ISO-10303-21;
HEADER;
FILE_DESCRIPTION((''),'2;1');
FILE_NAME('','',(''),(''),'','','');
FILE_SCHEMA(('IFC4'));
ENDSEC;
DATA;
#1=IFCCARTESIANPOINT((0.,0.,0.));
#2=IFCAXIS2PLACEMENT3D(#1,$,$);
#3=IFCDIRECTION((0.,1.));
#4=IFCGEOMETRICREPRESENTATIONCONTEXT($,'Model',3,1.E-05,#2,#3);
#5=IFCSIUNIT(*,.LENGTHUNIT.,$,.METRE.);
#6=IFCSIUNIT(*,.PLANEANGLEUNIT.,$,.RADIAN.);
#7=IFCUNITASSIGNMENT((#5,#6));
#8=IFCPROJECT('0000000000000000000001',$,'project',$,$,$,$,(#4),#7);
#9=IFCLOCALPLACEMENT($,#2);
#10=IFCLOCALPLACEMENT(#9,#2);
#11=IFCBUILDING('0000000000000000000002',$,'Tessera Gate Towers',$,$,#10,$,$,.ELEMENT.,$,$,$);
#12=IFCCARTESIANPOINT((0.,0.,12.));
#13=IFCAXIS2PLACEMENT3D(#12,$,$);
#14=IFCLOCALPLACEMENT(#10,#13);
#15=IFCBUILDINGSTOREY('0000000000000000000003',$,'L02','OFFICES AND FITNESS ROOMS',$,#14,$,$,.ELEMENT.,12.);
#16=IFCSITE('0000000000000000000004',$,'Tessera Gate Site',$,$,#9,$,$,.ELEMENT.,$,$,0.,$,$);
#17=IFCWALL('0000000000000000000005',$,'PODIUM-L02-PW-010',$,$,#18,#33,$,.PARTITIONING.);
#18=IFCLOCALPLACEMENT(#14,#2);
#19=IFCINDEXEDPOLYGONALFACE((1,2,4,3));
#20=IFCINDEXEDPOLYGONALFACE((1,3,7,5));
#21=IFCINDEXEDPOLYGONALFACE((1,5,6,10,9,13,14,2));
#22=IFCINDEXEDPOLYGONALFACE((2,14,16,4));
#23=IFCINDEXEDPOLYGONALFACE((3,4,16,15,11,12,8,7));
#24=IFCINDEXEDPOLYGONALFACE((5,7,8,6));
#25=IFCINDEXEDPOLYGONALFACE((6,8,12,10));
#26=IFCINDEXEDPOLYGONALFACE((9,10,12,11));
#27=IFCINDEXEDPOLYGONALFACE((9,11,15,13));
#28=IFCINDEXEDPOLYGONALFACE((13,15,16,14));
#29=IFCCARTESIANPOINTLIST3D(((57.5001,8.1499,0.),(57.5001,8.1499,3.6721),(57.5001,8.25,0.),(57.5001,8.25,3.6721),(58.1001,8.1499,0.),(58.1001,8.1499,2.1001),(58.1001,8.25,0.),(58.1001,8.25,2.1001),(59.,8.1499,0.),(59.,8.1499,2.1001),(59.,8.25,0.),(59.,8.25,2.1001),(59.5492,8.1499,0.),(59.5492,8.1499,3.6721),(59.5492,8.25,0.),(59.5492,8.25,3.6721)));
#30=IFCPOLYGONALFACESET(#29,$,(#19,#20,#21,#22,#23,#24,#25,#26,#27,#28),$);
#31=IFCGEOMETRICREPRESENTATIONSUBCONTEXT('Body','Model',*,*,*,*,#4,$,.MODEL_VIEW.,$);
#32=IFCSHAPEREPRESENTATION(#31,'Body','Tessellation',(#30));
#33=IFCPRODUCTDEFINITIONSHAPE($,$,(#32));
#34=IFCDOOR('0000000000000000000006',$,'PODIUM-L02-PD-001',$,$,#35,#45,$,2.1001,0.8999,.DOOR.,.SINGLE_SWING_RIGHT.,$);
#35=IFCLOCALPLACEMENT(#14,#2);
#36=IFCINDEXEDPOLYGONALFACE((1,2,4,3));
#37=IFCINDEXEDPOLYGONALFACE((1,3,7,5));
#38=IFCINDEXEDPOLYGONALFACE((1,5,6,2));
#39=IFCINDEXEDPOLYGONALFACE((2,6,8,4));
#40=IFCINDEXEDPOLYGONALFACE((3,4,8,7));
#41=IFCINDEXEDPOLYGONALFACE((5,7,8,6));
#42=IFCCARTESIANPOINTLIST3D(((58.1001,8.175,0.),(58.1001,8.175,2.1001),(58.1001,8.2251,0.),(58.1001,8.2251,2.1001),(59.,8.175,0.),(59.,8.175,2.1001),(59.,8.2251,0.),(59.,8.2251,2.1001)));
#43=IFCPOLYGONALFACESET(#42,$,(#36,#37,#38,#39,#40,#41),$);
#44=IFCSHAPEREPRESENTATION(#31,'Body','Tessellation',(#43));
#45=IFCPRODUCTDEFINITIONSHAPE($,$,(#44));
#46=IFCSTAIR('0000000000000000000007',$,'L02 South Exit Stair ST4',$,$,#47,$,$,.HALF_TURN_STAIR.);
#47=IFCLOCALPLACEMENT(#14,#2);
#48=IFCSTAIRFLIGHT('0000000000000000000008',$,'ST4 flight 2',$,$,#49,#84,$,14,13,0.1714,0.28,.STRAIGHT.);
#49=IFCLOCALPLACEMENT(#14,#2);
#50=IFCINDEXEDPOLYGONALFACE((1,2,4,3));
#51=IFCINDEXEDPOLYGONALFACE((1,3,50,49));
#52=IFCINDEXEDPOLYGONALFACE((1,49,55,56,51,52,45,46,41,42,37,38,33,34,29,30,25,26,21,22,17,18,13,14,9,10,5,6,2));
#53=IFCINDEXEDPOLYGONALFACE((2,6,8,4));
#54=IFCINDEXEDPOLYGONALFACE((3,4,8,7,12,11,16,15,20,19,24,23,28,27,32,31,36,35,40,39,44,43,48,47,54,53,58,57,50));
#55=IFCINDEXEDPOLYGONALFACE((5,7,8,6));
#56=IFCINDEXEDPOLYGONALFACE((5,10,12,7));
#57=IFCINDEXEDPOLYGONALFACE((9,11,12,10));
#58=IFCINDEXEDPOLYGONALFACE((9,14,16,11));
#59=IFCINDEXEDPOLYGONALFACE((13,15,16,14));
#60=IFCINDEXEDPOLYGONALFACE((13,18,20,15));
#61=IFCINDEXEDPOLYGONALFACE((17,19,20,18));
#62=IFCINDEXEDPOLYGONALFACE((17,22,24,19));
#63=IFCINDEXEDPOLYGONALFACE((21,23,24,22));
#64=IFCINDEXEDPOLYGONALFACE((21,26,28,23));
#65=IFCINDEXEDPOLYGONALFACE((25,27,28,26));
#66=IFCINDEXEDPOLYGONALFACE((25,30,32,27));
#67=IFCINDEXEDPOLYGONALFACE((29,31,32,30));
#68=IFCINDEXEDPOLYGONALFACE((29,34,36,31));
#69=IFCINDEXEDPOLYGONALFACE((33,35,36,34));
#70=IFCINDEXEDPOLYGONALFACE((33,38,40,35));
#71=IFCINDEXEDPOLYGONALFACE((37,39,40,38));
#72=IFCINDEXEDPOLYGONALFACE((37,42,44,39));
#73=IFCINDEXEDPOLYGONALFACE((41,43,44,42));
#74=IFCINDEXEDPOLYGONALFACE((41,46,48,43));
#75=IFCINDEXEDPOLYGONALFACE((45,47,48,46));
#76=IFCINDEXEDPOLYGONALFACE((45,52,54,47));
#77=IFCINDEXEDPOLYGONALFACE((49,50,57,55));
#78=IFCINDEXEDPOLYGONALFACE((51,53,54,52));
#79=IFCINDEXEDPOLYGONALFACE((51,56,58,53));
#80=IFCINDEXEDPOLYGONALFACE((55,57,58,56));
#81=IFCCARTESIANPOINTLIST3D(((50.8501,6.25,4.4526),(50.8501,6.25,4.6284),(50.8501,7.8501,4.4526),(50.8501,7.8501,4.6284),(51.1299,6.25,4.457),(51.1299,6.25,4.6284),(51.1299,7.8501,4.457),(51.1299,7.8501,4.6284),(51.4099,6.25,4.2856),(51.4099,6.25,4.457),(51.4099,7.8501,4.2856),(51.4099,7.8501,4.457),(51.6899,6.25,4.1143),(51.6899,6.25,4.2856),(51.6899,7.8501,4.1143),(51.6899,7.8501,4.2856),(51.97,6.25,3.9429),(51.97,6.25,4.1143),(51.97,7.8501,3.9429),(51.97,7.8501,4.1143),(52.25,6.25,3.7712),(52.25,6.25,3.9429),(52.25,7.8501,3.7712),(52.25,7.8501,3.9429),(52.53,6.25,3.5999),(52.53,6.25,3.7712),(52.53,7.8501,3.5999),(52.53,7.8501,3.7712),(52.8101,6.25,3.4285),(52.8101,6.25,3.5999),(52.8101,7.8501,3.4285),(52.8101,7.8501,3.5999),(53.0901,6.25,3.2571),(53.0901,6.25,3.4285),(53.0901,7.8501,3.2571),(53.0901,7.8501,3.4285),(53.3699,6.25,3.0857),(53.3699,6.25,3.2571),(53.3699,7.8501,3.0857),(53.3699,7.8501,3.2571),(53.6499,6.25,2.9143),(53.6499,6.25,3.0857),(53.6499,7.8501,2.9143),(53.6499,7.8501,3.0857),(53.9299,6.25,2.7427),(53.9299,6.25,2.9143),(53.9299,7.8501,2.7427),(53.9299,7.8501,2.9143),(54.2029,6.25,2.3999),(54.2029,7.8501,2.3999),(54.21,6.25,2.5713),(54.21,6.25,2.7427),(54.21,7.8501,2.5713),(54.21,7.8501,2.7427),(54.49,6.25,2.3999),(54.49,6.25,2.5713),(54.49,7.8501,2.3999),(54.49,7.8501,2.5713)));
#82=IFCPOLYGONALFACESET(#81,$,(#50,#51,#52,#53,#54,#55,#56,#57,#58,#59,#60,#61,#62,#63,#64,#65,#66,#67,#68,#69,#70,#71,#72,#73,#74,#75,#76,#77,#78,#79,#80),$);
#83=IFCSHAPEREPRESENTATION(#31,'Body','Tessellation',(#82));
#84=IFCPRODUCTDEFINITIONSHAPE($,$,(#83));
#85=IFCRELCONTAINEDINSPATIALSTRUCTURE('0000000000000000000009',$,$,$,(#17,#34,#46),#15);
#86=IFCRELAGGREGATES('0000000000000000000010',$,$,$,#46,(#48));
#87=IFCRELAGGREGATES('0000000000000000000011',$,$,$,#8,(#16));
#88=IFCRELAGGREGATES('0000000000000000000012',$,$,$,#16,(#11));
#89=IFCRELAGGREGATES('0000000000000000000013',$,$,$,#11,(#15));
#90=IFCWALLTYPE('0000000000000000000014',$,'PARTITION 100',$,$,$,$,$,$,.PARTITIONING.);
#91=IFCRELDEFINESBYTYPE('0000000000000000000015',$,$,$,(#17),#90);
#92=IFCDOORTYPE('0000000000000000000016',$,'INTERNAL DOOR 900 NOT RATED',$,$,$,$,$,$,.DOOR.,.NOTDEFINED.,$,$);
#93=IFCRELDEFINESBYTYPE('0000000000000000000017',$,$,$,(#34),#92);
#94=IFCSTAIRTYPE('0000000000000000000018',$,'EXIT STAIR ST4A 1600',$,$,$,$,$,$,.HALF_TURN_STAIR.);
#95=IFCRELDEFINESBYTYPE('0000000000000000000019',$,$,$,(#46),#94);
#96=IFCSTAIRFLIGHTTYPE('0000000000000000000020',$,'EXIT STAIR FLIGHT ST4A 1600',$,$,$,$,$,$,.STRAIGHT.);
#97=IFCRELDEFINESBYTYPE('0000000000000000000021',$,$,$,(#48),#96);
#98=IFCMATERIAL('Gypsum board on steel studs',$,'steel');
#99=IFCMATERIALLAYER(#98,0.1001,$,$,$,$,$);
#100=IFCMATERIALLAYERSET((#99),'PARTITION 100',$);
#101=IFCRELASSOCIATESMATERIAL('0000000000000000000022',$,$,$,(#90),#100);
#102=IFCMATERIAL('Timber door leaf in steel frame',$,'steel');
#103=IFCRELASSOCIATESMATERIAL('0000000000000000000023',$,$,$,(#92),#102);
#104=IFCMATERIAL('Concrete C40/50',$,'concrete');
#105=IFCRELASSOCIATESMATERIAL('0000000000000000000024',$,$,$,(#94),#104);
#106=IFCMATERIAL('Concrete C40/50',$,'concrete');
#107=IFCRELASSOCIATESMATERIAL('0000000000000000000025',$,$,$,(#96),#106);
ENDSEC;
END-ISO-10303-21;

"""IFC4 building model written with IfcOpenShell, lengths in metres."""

from ifc_helpers import new_model, si_unit, direction, frame, frame_2d, origin, place, context, subcontext, project, spatial, polyline, rectangle, outline, extrude, source, transform, mapped, material, layer, layer_set, type_object, element, fill, aggregate, save


model = new_model("IFC4")

# Units and contexts
model_context = context("Model", 3, precision=1e-05, world=origin(), true_north=direction((0.0, 1.0)))
body_context = subcontext(model_context, "Body", "Model", "MODEL_VIEW")
ifc_project = project(units=[si_unit("LENGTHUNIT", "METRE"), si_unit("PLANEANGLEUNIT", "RADIAN")], contexts=[model_context])

# Site, building, storey
site_placement = place(None, origin())
site = spatial("IfcSite", under=ifc_project, at=site_placement, Name="Tessera Gate Site", CompositionType="ELEMENT", RefElevation=0.0)
building_placement = place(site_placement, origin())
building = spatial("IfcBuilding", under=site, at=building_placement, Name="Tessera Gate Towers", CompositionType="ELEMENT")
storey_placement = place(building_placement, frame((0.0, 0.0, 12.0)))
storey = spatial("IfcBuildingStorey", under=building, at=storey_placement, Name="L02", Description="OFFICES AND FITNESS ROOMS", CompositionType="ELEMENT", Elevation=12.0)

# Wall, opening, door
ifc_material_1 = material(Name="Gypsum board on steel studs", Category="steel")
ifc_layer_1 = layer(ifc_material_1, 0.1001)
ifc_layer_set_1 = layer_set([ifc_layer_1], Name="PARTITION 100")
wall_type_1 = type_object("IfcWallType", Name="PARTITION 100", PredefinedType="PARTITIONING", material=ifc_layer_set_1)
wall_1_placement = place(storey_placement, frame((59.5491, 8.2, 0.0), z_axis=(0.0, 0.0, 1.0), x_axis=(-1.0, 0.0, 0.0)))
wall_1 = element("IfcWall", 1, at=wall_1_placement, inside=storey, type_object=wall_type_1, Name="PODIUM-L02-PW-010", PredefinedType="PARTITIONING", context=body_context, shape_type="SweptSolid", body=[
    extrude(rectangle(XDim=2.0491, YDim=0.1001, at=frame_2d((1.0244, 0.0))), origin(), (0.0, 0.0, 1.0), 3.6721),
])
shared_shape_1 = source(origin(), body_context, "Body", "SweptSolid", [
    extrude(rectangle(XDim=0.8999, YDim=2.1001, at=frame_2d((0.45, 1.05))), frame((0.0, 0.0601, 0.0), z_axis=(0.0, -1.0, 0.0), x_axis=(1.0, 0.0, 0.0)), (0.0, 0.0, 1.0), 0.1201),
])
opening_1_placement = place(wall_1_placement, frame((0.5491, 0.0, 0.0)))
opening_1 = element("IfcOpeningElement", 2, at=opening_1_placement, cuts=wall_1, PredefinedType="OPENING", context=body_context, shape_type="MappedRepresentation", body=[
    mapped(shared_shape_1, transform((0.0, 0.0, 0.0), scale=1.0)),
])
ifc_material_2 = material(Name="Timber door leaf in steel frame", Category="steel")
door_type_1 = type_object("IfcDoorType", Name="INTERNAL DOOR 900 NOT RATED", OperationType="NOTDEFINED", PredefinedType="DOOR", material=ifc_material_2)
shared_shape_2 = source(origin(), body_context, "Body", "SweptSolid", [
    extrude(rectangle(XDim=0.8999, YDim=2.1001, at=frame_2d((0.45, 1.05))), frame((0.0, 0.0249, 0.0), z_axis=(0.0, -1.0, 0.0), x_axis=(1.0, 0.0, 0.0)), (0.0, 0.0, 1.0), 0.05),
])
door_1_placement = place(opening_1_placement, origin())
door_1 = element("IfcDoor", 3, at=door_1_placement, inside=storey, type_object=door_type_1, Name="PODIUM-L02-PD-001", OperationType="SINGLE_SWING_RIGHT", OverallHeight=2.1001, OverallWidth=0.8999, PredefinedType="DOOR", context=body_context, shape_type="MappedRepresentation", body=[
    mapped(shared_shape_2, transform((0.0, 0.0, 0.0), scale=1.0)),
])
fill(opening_1, door_1)

# Stair, stair flight
ifc_material_3 = material(Name="Concrete C40/50", Category="concrete")
stair_type = type_object("IfcStairType", Name="EXIT STAIR ST4A 1600", PredefinedType="HALF_TURN_STAIR", material=ifc_material_3)
stair_placement = place(storey_placement, origin())
stair = element("IfcStair", 4, at=stair_placement, inside=storey, type_object=stair_type, Name="L02 South Exit Stair ST4", PredefinedType="HALF_TURN_STAIR")
ifc_material_4 = material(Name="Concrete C40/50", Category="concrete")
stair_flight_type = type_object("IfcStairFlightType", Name="EXIT STAIR FLIGHT ST4A 1600", PredefinedType="STRAIGHT", material=ifc_material_4)
stair_flight_placement = place(storey_placement, frame((54.49, 7.05, 2.3999), z_axis=(0.0, 0.0, 1.0), x_axis=(-1.0, 0.0, 0.0)))
stair_flight = element("IfcStairFlight", 5, at=stair_flight_placement, type_object=stair_flight_type, Name="ST4 flight 2", NumberOfRisers=14, NumberOfTreads=13, PredefinedType="STRAIGHT", RiserHeight=0.1714, TreadLength=0.28, context=body_context, shape_type="SweptSolid", body=[
    extrude(outline(polyline([(0.0, 0.0), (0.0, 0.1714), (0.28, 0.1714), (0.28, 0.3428), (0.5601, 0.3428), (0.5601, 0.5144), (0.8401, 0.5144), (0.8401, 0.6858), (1.1201, 0.6858), (1.1201, 0.8572), (1.3999, 0.8572), (1.3999, 1.0286), (1.6799, 1.0286), (1.6799, 1.2), (1.96, 1.2), (1.96, 1.3713), (2.24, 1.3713), (2.24, 1.543), (2.52, 1.543), (2.52, 1.7144), (2.8, 1.7144), (2.8, 1.8857), (3.0801, 1.8857), (3.0801, 2.0571), (3.3601, 2.0571), (3.3601, 2.2285), (3.6399, 2.2285), (3.6399, 2.3999), (3.6399, 2.0527), (0.2871, 0.0), (0.0, 0.0)])), frame((0.0, 0.8, 0.0), z_axis=(0.0, -1.0, 0.0), x_axis=(1.0, 0.0, 0.0)), (0.0, 0.0, 1.0), 1.6001),
])
aggregate(stair, [stair_flight])

save(model, "model.ifc")
